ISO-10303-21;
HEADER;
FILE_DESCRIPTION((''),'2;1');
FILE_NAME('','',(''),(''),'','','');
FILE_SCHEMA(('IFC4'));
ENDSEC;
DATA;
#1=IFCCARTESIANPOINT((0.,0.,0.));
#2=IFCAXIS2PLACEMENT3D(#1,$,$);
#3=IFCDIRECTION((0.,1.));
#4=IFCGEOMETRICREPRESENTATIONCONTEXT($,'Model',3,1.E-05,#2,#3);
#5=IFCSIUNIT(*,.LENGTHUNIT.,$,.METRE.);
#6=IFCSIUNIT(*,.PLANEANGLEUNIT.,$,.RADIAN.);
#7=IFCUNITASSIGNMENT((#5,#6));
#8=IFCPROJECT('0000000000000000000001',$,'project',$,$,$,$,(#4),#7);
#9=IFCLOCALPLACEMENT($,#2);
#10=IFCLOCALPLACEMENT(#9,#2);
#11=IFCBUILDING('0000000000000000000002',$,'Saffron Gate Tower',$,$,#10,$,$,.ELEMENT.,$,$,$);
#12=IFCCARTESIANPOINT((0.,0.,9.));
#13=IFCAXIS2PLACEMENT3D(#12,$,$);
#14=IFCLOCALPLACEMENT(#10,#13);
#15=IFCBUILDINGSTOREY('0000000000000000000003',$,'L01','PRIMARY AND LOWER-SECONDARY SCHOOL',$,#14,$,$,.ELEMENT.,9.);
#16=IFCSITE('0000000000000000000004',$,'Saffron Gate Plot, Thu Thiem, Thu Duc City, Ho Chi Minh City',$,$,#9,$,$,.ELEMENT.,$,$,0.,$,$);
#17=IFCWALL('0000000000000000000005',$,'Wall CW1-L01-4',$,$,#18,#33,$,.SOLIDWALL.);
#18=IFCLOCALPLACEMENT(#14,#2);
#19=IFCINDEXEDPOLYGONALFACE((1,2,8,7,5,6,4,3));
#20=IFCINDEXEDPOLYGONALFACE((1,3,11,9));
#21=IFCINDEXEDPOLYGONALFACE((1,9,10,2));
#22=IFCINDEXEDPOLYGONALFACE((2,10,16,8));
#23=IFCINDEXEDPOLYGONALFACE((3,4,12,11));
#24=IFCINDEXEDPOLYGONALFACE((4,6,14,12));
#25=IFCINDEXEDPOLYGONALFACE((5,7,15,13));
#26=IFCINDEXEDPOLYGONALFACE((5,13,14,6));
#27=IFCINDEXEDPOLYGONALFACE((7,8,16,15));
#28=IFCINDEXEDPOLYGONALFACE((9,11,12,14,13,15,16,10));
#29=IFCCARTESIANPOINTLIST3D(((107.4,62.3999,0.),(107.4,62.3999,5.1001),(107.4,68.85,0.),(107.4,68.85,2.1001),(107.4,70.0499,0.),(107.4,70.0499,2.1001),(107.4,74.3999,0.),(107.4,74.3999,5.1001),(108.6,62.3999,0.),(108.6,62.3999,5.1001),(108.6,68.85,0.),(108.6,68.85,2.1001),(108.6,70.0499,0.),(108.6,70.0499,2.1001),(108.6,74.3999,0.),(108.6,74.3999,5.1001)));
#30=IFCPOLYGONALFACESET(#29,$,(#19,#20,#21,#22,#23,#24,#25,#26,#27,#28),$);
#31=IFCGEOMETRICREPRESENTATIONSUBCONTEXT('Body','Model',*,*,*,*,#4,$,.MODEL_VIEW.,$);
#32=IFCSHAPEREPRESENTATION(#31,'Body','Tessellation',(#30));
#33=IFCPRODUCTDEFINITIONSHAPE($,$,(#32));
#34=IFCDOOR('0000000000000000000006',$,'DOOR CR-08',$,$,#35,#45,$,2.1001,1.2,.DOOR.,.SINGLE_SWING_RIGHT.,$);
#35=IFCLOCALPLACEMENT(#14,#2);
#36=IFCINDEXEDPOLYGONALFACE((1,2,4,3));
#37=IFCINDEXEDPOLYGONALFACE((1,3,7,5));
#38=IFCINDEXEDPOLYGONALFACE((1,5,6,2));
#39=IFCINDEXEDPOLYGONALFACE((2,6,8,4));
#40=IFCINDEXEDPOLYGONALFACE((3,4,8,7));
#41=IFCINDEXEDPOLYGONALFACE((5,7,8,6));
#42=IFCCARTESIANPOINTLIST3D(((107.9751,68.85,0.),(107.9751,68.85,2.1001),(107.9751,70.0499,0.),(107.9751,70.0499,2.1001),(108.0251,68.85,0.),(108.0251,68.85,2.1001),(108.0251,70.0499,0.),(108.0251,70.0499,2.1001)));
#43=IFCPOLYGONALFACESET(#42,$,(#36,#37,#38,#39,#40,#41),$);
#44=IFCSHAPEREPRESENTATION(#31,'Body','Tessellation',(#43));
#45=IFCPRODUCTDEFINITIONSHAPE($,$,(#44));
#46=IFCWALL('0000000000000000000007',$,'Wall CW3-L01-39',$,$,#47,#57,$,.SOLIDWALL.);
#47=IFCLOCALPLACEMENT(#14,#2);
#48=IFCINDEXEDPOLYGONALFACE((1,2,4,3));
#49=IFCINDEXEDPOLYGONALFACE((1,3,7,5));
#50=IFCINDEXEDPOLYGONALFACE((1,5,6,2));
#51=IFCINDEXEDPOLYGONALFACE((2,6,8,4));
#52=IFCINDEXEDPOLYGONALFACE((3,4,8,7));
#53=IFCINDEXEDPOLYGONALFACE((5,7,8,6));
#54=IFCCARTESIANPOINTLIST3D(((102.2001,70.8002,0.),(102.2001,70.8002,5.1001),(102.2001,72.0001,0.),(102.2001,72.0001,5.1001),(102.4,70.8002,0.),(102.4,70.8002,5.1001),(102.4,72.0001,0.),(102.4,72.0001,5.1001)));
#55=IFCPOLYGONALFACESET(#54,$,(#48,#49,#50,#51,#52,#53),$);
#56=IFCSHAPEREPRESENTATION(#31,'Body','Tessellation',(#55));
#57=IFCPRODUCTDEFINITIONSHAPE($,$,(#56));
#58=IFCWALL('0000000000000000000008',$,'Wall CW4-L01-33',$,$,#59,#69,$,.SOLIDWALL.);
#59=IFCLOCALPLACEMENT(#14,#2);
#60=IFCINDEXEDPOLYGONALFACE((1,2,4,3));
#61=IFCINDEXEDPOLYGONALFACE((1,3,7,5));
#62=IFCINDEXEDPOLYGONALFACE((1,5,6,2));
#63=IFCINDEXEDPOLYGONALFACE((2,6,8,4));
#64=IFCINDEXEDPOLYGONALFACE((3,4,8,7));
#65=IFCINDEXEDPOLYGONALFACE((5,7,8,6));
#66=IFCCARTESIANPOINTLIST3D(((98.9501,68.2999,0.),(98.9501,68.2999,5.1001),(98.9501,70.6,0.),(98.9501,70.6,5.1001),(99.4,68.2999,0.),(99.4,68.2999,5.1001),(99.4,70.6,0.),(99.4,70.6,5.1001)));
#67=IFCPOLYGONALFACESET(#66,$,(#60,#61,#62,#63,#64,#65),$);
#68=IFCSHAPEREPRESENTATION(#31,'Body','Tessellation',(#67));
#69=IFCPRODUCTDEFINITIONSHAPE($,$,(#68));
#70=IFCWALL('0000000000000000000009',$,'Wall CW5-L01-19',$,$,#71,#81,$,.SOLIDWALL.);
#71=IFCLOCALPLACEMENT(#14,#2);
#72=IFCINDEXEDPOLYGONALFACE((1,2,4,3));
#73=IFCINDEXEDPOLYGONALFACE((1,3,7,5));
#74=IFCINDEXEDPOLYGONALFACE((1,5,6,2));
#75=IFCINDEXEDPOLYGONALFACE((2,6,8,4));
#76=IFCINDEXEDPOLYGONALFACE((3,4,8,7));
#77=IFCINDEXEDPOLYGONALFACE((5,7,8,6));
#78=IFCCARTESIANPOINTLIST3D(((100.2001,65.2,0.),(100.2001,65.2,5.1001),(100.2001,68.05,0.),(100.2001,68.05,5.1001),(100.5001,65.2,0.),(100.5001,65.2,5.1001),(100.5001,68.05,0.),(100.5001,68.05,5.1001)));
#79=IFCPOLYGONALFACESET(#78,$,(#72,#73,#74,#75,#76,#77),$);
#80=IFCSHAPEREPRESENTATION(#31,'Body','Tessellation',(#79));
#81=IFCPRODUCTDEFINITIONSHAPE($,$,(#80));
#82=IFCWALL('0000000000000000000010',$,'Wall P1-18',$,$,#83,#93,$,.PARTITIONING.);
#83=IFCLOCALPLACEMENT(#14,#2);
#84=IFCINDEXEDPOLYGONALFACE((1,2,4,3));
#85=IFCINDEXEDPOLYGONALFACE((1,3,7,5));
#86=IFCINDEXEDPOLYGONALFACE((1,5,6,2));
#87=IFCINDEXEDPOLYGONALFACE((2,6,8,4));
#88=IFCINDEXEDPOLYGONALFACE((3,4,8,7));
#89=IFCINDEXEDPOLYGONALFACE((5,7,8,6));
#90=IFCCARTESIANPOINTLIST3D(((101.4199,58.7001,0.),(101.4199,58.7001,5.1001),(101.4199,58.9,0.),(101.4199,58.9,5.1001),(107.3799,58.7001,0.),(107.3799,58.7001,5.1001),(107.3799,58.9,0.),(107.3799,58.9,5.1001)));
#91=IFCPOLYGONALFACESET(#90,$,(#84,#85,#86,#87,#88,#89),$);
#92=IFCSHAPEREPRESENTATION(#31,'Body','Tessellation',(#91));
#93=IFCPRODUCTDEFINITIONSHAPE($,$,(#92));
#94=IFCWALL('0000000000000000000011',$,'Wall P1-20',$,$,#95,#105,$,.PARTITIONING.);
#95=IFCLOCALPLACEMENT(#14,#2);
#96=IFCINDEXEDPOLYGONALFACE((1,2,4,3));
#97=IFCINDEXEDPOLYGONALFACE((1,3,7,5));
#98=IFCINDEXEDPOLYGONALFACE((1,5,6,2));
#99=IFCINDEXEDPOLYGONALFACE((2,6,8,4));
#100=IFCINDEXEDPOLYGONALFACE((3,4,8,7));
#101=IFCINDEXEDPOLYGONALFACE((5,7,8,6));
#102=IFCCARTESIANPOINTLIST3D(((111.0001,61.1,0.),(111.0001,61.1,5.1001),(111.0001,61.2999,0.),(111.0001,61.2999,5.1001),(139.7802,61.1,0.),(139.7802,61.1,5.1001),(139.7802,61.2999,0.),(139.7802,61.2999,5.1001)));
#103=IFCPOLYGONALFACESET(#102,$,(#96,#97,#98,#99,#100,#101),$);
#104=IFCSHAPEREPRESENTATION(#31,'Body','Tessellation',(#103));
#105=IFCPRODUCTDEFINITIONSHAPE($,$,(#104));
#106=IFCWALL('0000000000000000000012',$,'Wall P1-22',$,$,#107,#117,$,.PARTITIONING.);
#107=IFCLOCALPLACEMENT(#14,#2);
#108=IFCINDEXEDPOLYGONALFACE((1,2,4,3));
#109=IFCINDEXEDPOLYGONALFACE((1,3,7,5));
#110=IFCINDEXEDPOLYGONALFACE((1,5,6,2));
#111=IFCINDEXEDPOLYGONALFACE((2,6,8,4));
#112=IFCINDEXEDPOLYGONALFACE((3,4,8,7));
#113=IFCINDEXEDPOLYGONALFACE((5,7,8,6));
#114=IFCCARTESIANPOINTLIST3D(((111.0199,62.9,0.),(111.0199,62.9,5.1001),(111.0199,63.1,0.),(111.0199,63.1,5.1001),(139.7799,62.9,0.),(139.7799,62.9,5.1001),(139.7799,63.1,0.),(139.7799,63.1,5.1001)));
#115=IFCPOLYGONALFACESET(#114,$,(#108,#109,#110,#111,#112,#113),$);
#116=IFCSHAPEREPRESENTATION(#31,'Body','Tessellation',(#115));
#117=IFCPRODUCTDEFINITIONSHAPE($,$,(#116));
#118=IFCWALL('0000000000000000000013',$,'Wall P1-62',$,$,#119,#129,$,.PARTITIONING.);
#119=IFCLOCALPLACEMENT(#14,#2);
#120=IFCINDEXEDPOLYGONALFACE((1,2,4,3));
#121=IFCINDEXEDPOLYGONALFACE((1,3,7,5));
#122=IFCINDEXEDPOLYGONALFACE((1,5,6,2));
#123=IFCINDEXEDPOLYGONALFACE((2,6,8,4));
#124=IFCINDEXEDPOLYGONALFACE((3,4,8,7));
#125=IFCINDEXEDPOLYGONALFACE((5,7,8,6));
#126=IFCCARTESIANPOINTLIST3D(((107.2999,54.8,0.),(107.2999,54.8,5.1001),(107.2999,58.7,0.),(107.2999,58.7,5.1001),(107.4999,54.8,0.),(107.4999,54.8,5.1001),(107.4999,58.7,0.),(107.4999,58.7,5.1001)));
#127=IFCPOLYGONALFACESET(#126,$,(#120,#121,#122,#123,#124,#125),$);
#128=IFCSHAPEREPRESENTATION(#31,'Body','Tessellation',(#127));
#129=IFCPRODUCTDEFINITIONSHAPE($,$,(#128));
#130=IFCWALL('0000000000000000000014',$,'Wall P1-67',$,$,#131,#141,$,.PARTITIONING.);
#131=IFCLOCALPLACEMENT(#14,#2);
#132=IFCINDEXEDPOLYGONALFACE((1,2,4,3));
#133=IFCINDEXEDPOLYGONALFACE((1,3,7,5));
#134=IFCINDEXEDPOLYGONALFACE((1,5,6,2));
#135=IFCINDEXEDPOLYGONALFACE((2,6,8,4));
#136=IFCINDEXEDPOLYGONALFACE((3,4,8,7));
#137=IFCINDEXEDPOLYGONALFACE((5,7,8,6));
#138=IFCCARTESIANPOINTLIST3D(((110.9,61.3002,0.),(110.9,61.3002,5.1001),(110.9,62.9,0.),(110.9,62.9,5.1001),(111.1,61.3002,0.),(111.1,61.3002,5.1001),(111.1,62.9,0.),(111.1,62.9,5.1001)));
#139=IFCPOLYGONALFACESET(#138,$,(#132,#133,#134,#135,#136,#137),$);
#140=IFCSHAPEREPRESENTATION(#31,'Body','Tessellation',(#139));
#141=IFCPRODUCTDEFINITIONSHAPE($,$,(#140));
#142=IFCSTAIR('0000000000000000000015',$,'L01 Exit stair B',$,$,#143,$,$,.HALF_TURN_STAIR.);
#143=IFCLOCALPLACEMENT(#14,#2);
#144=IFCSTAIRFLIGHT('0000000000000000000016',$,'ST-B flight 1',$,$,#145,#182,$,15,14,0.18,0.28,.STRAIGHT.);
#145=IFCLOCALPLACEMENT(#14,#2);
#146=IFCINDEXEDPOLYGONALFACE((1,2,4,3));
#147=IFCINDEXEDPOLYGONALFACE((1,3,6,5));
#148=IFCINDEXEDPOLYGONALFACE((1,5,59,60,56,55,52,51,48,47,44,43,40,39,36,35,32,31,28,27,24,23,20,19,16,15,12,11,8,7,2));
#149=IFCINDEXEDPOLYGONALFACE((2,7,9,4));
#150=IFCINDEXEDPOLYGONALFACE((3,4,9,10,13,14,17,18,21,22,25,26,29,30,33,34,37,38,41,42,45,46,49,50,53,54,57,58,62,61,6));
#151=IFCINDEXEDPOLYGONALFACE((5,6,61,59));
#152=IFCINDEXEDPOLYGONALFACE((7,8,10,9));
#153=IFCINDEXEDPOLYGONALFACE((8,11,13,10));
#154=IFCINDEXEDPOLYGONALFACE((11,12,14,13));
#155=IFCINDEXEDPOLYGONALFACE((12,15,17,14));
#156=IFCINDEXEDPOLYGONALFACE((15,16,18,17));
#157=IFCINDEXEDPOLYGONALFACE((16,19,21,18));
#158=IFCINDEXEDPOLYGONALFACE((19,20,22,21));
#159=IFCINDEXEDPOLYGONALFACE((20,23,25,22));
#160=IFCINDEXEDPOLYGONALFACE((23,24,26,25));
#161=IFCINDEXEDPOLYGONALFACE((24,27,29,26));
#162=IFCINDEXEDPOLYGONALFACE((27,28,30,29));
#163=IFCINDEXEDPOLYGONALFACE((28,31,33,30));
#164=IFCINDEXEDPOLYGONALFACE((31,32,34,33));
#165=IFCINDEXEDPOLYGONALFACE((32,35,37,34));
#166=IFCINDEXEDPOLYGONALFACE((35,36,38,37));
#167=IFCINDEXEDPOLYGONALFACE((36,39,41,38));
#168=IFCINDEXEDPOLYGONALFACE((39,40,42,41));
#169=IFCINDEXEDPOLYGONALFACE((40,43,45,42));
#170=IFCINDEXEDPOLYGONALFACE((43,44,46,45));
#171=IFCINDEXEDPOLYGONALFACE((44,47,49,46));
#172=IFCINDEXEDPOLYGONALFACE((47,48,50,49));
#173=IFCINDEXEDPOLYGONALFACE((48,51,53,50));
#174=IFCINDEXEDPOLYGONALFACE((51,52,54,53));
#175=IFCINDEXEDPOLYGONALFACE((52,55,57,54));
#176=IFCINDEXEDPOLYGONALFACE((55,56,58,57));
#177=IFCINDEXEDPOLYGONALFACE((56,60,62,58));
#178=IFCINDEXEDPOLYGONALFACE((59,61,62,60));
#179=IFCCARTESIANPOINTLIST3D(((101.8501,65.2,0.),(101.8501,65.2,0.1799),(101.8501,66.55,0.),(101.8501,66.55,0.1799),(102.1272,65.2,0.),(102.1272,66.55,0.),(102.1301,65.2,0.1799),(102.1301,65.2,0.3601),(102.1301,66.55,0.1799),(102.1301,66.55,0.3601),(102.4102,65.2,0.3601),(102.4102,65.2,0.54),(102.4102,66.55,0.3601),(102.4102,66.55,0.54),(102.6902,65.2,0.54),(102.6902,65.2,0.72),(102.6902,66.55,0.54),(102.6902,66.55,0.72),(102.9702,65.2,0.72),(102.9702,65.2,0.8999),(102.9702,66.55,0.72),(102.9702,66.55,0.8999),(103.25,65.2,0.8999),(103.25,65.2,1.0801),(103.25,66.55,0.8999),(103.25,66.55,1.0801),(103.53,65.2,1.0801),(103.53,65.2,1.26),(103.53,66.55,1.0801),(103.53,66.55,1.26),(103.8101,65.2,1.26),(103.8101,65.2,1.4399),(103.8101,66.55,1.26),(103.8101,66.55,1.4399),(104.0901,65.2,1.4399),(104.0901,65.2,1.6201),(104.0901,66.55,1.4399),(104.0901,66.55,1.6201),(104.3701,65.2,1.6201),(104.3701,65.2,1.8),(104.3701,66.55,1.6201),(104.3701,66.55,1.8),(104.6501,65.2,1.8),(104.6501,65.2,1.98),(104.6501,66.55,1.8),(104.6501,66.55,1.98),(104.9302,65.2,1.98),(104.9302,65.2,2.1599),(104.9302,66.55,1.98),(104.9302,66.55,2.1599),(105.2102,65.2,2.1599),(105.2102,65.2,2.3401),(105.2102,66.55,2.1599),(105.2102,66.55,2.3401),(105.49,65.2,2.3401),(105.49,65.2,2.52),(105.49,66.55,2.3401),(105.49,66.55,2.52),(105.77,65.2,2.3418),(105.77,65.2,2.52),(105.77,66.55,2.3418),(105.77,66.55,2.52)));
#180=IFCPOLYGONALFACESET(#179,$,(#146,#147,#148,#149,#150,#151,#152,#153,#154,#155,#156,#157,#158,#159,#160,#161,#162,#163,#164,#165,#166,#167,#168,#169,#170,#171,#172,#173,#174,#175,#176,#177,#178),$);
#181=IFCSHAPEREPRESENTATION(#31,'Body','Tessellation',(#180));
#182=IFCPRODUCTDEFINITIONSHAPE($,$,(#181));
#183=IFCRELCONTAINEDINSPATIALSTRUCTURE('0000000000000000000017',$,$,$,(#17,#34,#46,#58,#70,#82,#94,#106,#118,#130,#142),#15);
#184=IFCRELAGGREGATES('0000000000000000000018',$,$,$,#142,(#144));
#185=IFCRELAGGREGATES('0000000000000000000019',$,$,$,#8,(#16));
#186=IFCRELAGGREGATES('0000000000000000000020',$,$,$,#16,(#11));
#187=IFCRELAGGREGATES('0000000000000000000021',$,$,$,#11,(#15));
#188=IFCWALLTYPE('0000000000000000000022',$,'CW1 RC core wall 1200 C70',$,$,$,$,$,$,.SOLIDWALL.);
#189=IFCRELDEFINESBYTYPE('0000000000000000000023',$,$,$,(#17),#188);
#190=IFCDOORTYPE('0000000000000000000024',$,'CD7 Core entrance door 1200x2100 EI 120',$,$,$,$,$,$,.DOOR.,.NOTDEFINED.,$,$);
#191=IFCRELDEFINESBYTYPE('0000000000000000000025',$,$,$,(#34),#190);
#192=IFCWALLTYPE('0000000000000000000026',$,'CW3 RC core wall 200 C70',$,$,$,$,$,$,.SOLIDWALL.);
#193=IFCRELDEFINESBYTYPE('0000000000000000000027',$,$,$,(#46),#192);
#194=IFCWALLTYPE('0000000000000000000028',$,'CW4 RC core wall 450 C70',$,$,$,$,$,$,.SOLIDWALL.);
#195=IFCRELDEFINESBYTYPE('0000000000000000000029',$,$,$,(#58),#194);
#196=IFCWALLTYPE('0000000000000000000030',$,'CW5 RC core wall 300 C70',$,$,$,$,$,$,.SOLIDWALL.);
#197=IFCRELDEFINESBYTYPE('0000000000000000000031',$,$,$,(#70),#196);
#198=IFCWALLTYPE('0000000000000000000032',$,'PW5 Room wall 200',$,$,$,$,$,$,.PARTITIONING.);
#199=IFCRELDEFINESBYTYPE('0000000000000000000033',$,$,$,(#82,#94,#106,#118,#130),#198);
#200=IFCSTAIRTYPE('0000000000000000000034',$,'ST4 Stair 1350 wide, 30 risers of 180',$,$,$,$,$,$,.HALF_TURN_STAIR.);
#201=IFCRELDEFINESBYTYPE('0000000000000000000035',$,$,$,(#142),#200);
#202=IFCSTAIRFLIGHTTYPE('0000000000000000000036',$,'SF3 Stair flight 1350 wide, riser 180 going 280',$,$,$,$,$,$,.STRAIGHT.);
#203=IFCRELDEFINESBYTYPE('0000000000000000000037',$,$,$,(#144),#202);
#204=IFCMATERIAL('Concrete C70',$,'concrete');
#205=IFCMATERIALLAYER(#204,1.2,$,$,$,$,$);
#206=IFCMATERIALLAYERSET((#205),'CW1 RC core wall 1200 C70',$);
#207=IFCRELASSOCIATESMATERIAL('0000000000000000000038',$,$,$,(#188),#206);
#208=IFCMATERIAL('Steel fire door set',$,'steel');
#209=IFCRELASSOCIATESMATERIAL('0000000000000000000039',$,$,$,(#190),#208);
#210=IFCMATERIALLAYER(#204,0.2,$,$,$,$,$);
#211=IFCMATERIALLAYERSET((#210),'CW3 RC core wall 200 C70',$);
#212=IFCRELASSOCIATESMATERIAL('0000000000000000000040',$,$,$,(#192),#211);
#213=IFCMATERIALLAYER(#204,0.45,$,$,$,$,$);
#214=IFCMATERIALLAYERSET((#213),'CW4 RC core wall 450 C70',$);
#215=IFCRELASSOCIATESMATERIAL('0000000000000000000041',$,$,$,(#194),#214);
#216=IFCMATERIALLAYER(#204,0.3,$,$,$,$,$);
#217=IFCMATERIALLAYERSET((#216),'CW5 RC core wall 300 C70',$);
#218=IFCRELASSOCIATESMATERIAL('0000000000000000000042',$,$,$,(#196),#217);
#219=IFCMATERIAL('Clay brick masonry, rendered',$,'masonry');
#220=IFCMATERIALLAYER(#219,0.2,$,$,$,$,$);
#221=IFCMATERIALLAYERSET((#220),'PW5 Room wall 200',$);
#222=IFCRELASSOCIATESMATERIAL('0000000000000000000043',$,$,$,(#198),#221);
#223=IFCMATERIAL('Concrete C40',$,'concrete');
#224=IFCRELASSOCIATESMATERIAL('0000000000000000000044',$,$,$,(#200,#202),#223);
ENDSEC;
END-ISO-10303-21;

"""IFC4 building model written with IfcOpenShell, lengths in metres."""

from ifc_helpers import new_model, si_unit, direction, frame, frame_2d, origin, place, context, subcontext, project, spatial, polyline, rectangle, outline, extrude, material, layer, layer_set, type_object, element, fill, aggregate, save


model = new_model("IFC4")

# Units and contexts
model_context = context("Model", 3, precision=1e-05, world=origin(), true_north=direction((0.0, 1.0)))
body_context = subcontext(model_context, "Body", "Model", "MODEL_VIEW")
ifc_project = project(units=[si_unit("LENGTHUNIT", "METRE"), si_unit("PLANEANGLEUNIT", "RADIAN")], contexts=[model_context])

# Site, building, storey
site_placement = place(None, origin())
site = spatial("IfcSite", under=ifc_project, at=site_placement, Name="Saffron Gate Plot, Thu Thiem, Thu Duc City, Ho Chi Minh City", CompositionType="ELEMENT", RefElevation=0.0)
building_placement = place(site_placement, origin())
building = spatial("IfcBuilding", under=site, at=building_placement, Name="Saffron Gate Tower", CompositionType="ELEMENT")
storey_placement = place(building_placement, frame((0.0, 0.0, 9.0)))
storey = spatial("IfcBuildingStorey", under=building, at=storey_placement, Name="L01", Description="PRIMARY AND LOWER-SECONDARY SCHOOL", CompositionType="ELEMENT", Elevation=9.0)

# Wall, opening, door
ifc_material_1 = material(Name="Concrete C70", Category="concrete")
ifc_layer_1 = layer(ifc_material_1, 1.2)
ifc_layer_set_1 = layer_set([ifc_layer_1], Name="CW1 RC core wall 1200 C70")
wall_type_1 = type_object("IfcWallType", Name="CW1 RC core wall 1200 C70", PredefinedType="SOLIDWALL", material=ifc_layer_set_1)
wall_1_placement = place(storey_placement, frame((108.0, 62.3999, 0.0), z_axis=(0.0, 0.0, 1.0), x_axis=(0.0, 1.0, 0.0)))
wall_1 = element("IfcWall", 1, at=wall_1_placement, inside=storey, type_object=wall_type_1, Name="Wall CW1-L01-4", PredefinedType="SOLIDWALL", context=body_context, shape_type="SweptSolid", body=[
    extrude(rectangle(XDim=12.0, YDim=1.2, at=frame_2d((6.0, 0.0))), origin(), (0.0, 0.0, 1.0), 5.1001),
])
opening_placement = place(wall_1_placement, frame((6.45, 0.0, 0.0)))
opening = element("IfcOpeningElement", 2, at=opening_placement, cuts=wall_1, PredefinedType="OPENING", context=body_context, shape_type="SweptSolid", body=[
    extrude(rectangle(XDim=1.2, YDim=2.1001, at=frame_2d((0.6001, 1.05))), frame((0.0, 0.6099, 0.0), z_axis=(0.0, -1.0, 0.0), x_axis=(1.0, 0.0, 0.0)), (0.0, 0.0, 1.0), 1.22),
])
ifc_material_2 = material(Name="Steel fire door set", Category="steel")
door_type = type_object("IfcDoorType", Name="CD7 Core entrance door 1200x2100 EI 120", OperationType="NOTDEFINED", PredefinedType="DOOR", material=ifc_material_2)
door_placement = place(opening_placement, origin())
door = element("IfcDoor", 3, at=door_placement, inside=storey, type_object=door_type, Name="DOOR CR-08", OperationType="SINGLE_SWING_RIGHT", OverallHeight=2.1001, OverallWidth=1.2, PredefinedType="DOOR", context=body_context, shape_type="SweptSolid", body=[
    extrude(rectangle(XDim=1.2, YDim=2.1001, at=frame_2d((0.6001, 1.05))), frame((0.0, 0.0249, 0.0), z_axis=(0.0, -1.0, 0.0), x_axis=(1.0, 0.0, 0.0)), (0.0, 0.0, 1.0), 0.05),
])
fill(opening, door)

# Walls
ifc_layer_2 = layer(ifc_material_1, 0.2)
ifc_layer_set_2 = layer_set([ifc_layer_2], Name="CW3 RC core wall 200 C70")
wall_type_2 = type_object("IfcWallType", Name="CW3 RC core wall 200 C70", PredefinedType="SOLIDWALL", material=ifc_layer_set_2)
wall_2_placement = place(storey_placement, frame((102.3, 70.8, 0.0), z_axis=(0.0, 0.0, 1.0), x_axis=(0.0, 1.0, 0.0)))
element("IfcWall", 4, at=wall_2_placement, inside=storey, type_object=wall_type_2, Name="Wall CW3-L01-39", PredefinedType="SOLIDWALL", context=body_context, shape_type="SweptSolid", body=[
    extrude(rectangle(XDim=1.2, YDim=0.2, at=frame_2d((0.6001, 0.0))), origin(), (0.0, 0.0, 1.0), 5.1001),
])
ifc_layer_3 = layer(ifc_material_1, 0.45)
ifc_layer_set_3 = layer_set([ifc_layer_3], Name="CW4 RC core wall 450 C70")
wall_type_3 = type_object("IfcWallType", Name="CW4 RC core wall 450 C70", PredefinedType="SOLIDWALL", material=ifc_layer_set_3)
wall_3_placement = place(storey_placement, frame((99.175, 68.3, 0.0), z_axis=(0.0, 0.0, 1.0), x_axis=(0.0, 1.0, 0.0)))
element("IfcWall", 5, at=wall_3_placement, inside=storey, type_object=wall_type_3, Name="Wall CW4-L01-33", PredefinedType="SOLIDWALL", context=body_context, shape_type="SweptSolid", body=[
    extrude(rectangle(XDim=2.3, YDim=0.45, at=frame_2d((1.1499, 0.0))), origin(), (0.0, 0.0, 1.0), 5.1001),
])
ifc_layer_4 = layer(ifc_material_1, 0.3)
ifc_layer_set_4 = layer_set([ifc_layer_4], Name="CW5 RC core wall 300 C70")
wall_type_4 = type_object("IfcWallType", Name="CW5 RC core wall 300 C70", PredefinedType="SOLIDWALL", material=ifc_layer_set_4)
wall_4_placement = place(storey_placement, frame((100.3501, 65.2, 0.0), z_axis=(0.0, 0.0, 1.0), x_axis=(0.0, 1.0, 0.0)))
element("IfcWall", 6, at=wall_4_placement, inside=storey, type_object=wall_type_4, Name="Wall CW5-L01-19", PredefinedType="SOLIDWALL", context=body_context, shape_type="SweptSolid", body=[
    extrude(rectangle(XDim=2.8501, YDim=0.3, at=frame_2d((1.425, 0.0))), origin(), (0.0, 0.0, 1.0), 5.1001),
])
ifc_material_3 = material(Name="Clay brick masonry, rendered", Category="masonry")
ifc_layer_5 = layer(ifc_material_3, 0.2)
ifc_layer_set_5 = layer_set([ifc_layer_5], Name="PW5 Room wall 200")
wall_type_5 = type_object("IfcWallType", Name="PW5 Room wall 200", PredefinedType="PARTITIONING", material=ifc_layer_set_5)
wall_5_placement = place(storey_placement, frame((101.4199, 58.8, 0.0), z_axis=(0.0, 0.0, 1.0), x_axis=(1.0, 0.0, 0.0)))
element("IfcWall", 7, at=wall_5_placement, inside=storey, type_object=wall_type_5, Name="Wall P1-18", PredefinedType="PARTITIONING", context=body_context, shape_type="SweptSolid", body=[
    extrude(rectangle(XDim=5.96, YDim=0.2, at=frame_2d((2.98, 0.0))), origin(), (0.0, 0.0, 1.0), 5.1001),
])
wall_6_placement = place(storey_placement, frame((111.0, 61.2, 0.0), z_axis=(0.0, 0.0, 1.0), x_axis=(1.0, 0.0, 0.0)))
element("IfcWall", 8, at=wall_6_placement, inside=storey, type_object=wall_type_5, Name="Wall P1-20", PredefinedType="PARTITIONING", context=body_context, shape_type="SweptSolid", body=[
    extrude(rectangle(XDim=28.78, YDim=0.2, at=frame_2d((14.3901, 0.0))), origin(), (0.0, 0.0, 1.0), 5.1001),
])
wall_7_placement = place(storey_placement, frame((111.02, 63.0, 0.0), z_axis=(0.0, 0.0, 1.0), x_axis=(1.0, 0.0, 0.0)))
element("IfcWall", 9, at=wall_7_placement, inside=storey, type_object=wall_type_5, Name="Wall P1-22", PredefinedType="PARTITIONING", context=body_context, shape_type="SweptSolid", body=[
    extrude(rectangle(XDim=28.76, YDim=0.2, at=frame_2d((14.3799, 0.0))), origin(), (0.0, 0.0, 1.0), 5.1001),
])
wall_8_placement = place(storey_placement, frame((107.3999, 58.7, 0.0), z_axis=(0.0, 0.0, 1.0), x_axis=(0.0, -1.0, 0.0)))
element("IfcWall", 10, at=wall_8_placement, inside=storey, type_object=wall_type_5, Name="Wall P1-62", PredefinedType="PARTITIONING", context=body_context, shape_type="SweptSolid", body=[
    extrude(rectangle(XDim=3.8999, YDim=0.2, at=frame_2d((1.95, 0.0))), origin(), (0.0, 0.0, 1.0), 5.1001),
])
wall_9_placement = place(storey_placement, frame((111.0, 62.8999, 0.0), z_axis=(0.0, 0.0, 1.0), x_axis=(0.0, -1.0, 0.0)))
element("IfcWall", 11, at=wall_9_placement, inside=storey, type_object=wall_type_5, Name="Wall P1-67", PredefinedType="PARTITIONING", context=body_context, shape_type="SweptSolid", body=[
    extrude(rectangle(XDim=1.5999, YDim=0.2, at=frame_2d((0.7998, 0.0))), origin(), (0.0, 0.0, 1.0), 5.1001),
])

# Stair, stair flight
ifc_material_4 = material(Name="Concrete C40", Category="concrete")
stair_type = type_object("IfcStairType", Name="ST4 Stair 1350 wide, 30 risers of 180", PredefinedType="HALF_TURN_STAIR", material=ifc_material_4)
stair_placement = place(storey_placement, origin())
stair = element("IfcStair", 12, at=stair_placement, inside=storey, type_object=stair_type, Name="L01 Exit stair B", PredefinedType="HALF_TURN_STAIR")
stair_flight_type = type_object("IfcStairFlightType", Name="SF3 Stair flight 1350 wide, riser 180 going 280", PredefinedType="STRAIGHT", material=ifc_material_4)
stair_flight_1_placement = place(storey_placement, frame((101.8501, 65.875, 0.0), z_axis=(0.0, 0.0, 1.0), x_axis=(1.0, 0.0, 0.0)))
stair_flight_1 = element("IfcStairFlight", 13, at=stair_flight_1_placement, type_object=stair_flight_type, Name="ST-B flight 1", NumberOfRisers=15, NumberOfTreads=14, PredefinedType="STRAIGHT", RiserHeight=0.18, TreadLength=0.28, context=body_context, shape_type="SweptSolid", body=[
    extrude(outline(polyline([(0.0, 0.0), (0.0, 0.1799), (0.28, 0.1799), (0.28, 0.3601), (0.5601, 0.3601), (0.5601, 0.54), (0.8401, 0.54), (0.8401, 0.72), (1.1201, 0.72), (1.1201, 0.8999), (1.3999, 0.8999), (1.3999, 1.0801), (1.6799, 1.0801), (1.6799, 1.26), (1.96, 1.26), (1.96, 1.4399), (2.24, 1.4399), (2.24, 1.6201), (2.52, 1.6201), (2.52, 1.8), (2.8, 1.8), (2.8, 1.98), (3.0801, 1.98), (3.0801, 2.1599), (3.3601, 2.1599), (3.3601, 2.3401), (3.6399, 2.3401), (3.6399, 2.52), (3.9199, 2.52), (3.9199, 2.7), (3.9199, 2.3418), (0.2771, 0.0), (0.0, 0.0)])), frame((0.0, 0.675, 0.0), z_axis=(0.0, -1.0, 0.0), x_axis=(1.0, 0.0, 0.0)), (0.0, 0.0, 1.0), 1.3501),
])
aggregate(stair, [stair_flight_1])

save(model, "model.ifc")
